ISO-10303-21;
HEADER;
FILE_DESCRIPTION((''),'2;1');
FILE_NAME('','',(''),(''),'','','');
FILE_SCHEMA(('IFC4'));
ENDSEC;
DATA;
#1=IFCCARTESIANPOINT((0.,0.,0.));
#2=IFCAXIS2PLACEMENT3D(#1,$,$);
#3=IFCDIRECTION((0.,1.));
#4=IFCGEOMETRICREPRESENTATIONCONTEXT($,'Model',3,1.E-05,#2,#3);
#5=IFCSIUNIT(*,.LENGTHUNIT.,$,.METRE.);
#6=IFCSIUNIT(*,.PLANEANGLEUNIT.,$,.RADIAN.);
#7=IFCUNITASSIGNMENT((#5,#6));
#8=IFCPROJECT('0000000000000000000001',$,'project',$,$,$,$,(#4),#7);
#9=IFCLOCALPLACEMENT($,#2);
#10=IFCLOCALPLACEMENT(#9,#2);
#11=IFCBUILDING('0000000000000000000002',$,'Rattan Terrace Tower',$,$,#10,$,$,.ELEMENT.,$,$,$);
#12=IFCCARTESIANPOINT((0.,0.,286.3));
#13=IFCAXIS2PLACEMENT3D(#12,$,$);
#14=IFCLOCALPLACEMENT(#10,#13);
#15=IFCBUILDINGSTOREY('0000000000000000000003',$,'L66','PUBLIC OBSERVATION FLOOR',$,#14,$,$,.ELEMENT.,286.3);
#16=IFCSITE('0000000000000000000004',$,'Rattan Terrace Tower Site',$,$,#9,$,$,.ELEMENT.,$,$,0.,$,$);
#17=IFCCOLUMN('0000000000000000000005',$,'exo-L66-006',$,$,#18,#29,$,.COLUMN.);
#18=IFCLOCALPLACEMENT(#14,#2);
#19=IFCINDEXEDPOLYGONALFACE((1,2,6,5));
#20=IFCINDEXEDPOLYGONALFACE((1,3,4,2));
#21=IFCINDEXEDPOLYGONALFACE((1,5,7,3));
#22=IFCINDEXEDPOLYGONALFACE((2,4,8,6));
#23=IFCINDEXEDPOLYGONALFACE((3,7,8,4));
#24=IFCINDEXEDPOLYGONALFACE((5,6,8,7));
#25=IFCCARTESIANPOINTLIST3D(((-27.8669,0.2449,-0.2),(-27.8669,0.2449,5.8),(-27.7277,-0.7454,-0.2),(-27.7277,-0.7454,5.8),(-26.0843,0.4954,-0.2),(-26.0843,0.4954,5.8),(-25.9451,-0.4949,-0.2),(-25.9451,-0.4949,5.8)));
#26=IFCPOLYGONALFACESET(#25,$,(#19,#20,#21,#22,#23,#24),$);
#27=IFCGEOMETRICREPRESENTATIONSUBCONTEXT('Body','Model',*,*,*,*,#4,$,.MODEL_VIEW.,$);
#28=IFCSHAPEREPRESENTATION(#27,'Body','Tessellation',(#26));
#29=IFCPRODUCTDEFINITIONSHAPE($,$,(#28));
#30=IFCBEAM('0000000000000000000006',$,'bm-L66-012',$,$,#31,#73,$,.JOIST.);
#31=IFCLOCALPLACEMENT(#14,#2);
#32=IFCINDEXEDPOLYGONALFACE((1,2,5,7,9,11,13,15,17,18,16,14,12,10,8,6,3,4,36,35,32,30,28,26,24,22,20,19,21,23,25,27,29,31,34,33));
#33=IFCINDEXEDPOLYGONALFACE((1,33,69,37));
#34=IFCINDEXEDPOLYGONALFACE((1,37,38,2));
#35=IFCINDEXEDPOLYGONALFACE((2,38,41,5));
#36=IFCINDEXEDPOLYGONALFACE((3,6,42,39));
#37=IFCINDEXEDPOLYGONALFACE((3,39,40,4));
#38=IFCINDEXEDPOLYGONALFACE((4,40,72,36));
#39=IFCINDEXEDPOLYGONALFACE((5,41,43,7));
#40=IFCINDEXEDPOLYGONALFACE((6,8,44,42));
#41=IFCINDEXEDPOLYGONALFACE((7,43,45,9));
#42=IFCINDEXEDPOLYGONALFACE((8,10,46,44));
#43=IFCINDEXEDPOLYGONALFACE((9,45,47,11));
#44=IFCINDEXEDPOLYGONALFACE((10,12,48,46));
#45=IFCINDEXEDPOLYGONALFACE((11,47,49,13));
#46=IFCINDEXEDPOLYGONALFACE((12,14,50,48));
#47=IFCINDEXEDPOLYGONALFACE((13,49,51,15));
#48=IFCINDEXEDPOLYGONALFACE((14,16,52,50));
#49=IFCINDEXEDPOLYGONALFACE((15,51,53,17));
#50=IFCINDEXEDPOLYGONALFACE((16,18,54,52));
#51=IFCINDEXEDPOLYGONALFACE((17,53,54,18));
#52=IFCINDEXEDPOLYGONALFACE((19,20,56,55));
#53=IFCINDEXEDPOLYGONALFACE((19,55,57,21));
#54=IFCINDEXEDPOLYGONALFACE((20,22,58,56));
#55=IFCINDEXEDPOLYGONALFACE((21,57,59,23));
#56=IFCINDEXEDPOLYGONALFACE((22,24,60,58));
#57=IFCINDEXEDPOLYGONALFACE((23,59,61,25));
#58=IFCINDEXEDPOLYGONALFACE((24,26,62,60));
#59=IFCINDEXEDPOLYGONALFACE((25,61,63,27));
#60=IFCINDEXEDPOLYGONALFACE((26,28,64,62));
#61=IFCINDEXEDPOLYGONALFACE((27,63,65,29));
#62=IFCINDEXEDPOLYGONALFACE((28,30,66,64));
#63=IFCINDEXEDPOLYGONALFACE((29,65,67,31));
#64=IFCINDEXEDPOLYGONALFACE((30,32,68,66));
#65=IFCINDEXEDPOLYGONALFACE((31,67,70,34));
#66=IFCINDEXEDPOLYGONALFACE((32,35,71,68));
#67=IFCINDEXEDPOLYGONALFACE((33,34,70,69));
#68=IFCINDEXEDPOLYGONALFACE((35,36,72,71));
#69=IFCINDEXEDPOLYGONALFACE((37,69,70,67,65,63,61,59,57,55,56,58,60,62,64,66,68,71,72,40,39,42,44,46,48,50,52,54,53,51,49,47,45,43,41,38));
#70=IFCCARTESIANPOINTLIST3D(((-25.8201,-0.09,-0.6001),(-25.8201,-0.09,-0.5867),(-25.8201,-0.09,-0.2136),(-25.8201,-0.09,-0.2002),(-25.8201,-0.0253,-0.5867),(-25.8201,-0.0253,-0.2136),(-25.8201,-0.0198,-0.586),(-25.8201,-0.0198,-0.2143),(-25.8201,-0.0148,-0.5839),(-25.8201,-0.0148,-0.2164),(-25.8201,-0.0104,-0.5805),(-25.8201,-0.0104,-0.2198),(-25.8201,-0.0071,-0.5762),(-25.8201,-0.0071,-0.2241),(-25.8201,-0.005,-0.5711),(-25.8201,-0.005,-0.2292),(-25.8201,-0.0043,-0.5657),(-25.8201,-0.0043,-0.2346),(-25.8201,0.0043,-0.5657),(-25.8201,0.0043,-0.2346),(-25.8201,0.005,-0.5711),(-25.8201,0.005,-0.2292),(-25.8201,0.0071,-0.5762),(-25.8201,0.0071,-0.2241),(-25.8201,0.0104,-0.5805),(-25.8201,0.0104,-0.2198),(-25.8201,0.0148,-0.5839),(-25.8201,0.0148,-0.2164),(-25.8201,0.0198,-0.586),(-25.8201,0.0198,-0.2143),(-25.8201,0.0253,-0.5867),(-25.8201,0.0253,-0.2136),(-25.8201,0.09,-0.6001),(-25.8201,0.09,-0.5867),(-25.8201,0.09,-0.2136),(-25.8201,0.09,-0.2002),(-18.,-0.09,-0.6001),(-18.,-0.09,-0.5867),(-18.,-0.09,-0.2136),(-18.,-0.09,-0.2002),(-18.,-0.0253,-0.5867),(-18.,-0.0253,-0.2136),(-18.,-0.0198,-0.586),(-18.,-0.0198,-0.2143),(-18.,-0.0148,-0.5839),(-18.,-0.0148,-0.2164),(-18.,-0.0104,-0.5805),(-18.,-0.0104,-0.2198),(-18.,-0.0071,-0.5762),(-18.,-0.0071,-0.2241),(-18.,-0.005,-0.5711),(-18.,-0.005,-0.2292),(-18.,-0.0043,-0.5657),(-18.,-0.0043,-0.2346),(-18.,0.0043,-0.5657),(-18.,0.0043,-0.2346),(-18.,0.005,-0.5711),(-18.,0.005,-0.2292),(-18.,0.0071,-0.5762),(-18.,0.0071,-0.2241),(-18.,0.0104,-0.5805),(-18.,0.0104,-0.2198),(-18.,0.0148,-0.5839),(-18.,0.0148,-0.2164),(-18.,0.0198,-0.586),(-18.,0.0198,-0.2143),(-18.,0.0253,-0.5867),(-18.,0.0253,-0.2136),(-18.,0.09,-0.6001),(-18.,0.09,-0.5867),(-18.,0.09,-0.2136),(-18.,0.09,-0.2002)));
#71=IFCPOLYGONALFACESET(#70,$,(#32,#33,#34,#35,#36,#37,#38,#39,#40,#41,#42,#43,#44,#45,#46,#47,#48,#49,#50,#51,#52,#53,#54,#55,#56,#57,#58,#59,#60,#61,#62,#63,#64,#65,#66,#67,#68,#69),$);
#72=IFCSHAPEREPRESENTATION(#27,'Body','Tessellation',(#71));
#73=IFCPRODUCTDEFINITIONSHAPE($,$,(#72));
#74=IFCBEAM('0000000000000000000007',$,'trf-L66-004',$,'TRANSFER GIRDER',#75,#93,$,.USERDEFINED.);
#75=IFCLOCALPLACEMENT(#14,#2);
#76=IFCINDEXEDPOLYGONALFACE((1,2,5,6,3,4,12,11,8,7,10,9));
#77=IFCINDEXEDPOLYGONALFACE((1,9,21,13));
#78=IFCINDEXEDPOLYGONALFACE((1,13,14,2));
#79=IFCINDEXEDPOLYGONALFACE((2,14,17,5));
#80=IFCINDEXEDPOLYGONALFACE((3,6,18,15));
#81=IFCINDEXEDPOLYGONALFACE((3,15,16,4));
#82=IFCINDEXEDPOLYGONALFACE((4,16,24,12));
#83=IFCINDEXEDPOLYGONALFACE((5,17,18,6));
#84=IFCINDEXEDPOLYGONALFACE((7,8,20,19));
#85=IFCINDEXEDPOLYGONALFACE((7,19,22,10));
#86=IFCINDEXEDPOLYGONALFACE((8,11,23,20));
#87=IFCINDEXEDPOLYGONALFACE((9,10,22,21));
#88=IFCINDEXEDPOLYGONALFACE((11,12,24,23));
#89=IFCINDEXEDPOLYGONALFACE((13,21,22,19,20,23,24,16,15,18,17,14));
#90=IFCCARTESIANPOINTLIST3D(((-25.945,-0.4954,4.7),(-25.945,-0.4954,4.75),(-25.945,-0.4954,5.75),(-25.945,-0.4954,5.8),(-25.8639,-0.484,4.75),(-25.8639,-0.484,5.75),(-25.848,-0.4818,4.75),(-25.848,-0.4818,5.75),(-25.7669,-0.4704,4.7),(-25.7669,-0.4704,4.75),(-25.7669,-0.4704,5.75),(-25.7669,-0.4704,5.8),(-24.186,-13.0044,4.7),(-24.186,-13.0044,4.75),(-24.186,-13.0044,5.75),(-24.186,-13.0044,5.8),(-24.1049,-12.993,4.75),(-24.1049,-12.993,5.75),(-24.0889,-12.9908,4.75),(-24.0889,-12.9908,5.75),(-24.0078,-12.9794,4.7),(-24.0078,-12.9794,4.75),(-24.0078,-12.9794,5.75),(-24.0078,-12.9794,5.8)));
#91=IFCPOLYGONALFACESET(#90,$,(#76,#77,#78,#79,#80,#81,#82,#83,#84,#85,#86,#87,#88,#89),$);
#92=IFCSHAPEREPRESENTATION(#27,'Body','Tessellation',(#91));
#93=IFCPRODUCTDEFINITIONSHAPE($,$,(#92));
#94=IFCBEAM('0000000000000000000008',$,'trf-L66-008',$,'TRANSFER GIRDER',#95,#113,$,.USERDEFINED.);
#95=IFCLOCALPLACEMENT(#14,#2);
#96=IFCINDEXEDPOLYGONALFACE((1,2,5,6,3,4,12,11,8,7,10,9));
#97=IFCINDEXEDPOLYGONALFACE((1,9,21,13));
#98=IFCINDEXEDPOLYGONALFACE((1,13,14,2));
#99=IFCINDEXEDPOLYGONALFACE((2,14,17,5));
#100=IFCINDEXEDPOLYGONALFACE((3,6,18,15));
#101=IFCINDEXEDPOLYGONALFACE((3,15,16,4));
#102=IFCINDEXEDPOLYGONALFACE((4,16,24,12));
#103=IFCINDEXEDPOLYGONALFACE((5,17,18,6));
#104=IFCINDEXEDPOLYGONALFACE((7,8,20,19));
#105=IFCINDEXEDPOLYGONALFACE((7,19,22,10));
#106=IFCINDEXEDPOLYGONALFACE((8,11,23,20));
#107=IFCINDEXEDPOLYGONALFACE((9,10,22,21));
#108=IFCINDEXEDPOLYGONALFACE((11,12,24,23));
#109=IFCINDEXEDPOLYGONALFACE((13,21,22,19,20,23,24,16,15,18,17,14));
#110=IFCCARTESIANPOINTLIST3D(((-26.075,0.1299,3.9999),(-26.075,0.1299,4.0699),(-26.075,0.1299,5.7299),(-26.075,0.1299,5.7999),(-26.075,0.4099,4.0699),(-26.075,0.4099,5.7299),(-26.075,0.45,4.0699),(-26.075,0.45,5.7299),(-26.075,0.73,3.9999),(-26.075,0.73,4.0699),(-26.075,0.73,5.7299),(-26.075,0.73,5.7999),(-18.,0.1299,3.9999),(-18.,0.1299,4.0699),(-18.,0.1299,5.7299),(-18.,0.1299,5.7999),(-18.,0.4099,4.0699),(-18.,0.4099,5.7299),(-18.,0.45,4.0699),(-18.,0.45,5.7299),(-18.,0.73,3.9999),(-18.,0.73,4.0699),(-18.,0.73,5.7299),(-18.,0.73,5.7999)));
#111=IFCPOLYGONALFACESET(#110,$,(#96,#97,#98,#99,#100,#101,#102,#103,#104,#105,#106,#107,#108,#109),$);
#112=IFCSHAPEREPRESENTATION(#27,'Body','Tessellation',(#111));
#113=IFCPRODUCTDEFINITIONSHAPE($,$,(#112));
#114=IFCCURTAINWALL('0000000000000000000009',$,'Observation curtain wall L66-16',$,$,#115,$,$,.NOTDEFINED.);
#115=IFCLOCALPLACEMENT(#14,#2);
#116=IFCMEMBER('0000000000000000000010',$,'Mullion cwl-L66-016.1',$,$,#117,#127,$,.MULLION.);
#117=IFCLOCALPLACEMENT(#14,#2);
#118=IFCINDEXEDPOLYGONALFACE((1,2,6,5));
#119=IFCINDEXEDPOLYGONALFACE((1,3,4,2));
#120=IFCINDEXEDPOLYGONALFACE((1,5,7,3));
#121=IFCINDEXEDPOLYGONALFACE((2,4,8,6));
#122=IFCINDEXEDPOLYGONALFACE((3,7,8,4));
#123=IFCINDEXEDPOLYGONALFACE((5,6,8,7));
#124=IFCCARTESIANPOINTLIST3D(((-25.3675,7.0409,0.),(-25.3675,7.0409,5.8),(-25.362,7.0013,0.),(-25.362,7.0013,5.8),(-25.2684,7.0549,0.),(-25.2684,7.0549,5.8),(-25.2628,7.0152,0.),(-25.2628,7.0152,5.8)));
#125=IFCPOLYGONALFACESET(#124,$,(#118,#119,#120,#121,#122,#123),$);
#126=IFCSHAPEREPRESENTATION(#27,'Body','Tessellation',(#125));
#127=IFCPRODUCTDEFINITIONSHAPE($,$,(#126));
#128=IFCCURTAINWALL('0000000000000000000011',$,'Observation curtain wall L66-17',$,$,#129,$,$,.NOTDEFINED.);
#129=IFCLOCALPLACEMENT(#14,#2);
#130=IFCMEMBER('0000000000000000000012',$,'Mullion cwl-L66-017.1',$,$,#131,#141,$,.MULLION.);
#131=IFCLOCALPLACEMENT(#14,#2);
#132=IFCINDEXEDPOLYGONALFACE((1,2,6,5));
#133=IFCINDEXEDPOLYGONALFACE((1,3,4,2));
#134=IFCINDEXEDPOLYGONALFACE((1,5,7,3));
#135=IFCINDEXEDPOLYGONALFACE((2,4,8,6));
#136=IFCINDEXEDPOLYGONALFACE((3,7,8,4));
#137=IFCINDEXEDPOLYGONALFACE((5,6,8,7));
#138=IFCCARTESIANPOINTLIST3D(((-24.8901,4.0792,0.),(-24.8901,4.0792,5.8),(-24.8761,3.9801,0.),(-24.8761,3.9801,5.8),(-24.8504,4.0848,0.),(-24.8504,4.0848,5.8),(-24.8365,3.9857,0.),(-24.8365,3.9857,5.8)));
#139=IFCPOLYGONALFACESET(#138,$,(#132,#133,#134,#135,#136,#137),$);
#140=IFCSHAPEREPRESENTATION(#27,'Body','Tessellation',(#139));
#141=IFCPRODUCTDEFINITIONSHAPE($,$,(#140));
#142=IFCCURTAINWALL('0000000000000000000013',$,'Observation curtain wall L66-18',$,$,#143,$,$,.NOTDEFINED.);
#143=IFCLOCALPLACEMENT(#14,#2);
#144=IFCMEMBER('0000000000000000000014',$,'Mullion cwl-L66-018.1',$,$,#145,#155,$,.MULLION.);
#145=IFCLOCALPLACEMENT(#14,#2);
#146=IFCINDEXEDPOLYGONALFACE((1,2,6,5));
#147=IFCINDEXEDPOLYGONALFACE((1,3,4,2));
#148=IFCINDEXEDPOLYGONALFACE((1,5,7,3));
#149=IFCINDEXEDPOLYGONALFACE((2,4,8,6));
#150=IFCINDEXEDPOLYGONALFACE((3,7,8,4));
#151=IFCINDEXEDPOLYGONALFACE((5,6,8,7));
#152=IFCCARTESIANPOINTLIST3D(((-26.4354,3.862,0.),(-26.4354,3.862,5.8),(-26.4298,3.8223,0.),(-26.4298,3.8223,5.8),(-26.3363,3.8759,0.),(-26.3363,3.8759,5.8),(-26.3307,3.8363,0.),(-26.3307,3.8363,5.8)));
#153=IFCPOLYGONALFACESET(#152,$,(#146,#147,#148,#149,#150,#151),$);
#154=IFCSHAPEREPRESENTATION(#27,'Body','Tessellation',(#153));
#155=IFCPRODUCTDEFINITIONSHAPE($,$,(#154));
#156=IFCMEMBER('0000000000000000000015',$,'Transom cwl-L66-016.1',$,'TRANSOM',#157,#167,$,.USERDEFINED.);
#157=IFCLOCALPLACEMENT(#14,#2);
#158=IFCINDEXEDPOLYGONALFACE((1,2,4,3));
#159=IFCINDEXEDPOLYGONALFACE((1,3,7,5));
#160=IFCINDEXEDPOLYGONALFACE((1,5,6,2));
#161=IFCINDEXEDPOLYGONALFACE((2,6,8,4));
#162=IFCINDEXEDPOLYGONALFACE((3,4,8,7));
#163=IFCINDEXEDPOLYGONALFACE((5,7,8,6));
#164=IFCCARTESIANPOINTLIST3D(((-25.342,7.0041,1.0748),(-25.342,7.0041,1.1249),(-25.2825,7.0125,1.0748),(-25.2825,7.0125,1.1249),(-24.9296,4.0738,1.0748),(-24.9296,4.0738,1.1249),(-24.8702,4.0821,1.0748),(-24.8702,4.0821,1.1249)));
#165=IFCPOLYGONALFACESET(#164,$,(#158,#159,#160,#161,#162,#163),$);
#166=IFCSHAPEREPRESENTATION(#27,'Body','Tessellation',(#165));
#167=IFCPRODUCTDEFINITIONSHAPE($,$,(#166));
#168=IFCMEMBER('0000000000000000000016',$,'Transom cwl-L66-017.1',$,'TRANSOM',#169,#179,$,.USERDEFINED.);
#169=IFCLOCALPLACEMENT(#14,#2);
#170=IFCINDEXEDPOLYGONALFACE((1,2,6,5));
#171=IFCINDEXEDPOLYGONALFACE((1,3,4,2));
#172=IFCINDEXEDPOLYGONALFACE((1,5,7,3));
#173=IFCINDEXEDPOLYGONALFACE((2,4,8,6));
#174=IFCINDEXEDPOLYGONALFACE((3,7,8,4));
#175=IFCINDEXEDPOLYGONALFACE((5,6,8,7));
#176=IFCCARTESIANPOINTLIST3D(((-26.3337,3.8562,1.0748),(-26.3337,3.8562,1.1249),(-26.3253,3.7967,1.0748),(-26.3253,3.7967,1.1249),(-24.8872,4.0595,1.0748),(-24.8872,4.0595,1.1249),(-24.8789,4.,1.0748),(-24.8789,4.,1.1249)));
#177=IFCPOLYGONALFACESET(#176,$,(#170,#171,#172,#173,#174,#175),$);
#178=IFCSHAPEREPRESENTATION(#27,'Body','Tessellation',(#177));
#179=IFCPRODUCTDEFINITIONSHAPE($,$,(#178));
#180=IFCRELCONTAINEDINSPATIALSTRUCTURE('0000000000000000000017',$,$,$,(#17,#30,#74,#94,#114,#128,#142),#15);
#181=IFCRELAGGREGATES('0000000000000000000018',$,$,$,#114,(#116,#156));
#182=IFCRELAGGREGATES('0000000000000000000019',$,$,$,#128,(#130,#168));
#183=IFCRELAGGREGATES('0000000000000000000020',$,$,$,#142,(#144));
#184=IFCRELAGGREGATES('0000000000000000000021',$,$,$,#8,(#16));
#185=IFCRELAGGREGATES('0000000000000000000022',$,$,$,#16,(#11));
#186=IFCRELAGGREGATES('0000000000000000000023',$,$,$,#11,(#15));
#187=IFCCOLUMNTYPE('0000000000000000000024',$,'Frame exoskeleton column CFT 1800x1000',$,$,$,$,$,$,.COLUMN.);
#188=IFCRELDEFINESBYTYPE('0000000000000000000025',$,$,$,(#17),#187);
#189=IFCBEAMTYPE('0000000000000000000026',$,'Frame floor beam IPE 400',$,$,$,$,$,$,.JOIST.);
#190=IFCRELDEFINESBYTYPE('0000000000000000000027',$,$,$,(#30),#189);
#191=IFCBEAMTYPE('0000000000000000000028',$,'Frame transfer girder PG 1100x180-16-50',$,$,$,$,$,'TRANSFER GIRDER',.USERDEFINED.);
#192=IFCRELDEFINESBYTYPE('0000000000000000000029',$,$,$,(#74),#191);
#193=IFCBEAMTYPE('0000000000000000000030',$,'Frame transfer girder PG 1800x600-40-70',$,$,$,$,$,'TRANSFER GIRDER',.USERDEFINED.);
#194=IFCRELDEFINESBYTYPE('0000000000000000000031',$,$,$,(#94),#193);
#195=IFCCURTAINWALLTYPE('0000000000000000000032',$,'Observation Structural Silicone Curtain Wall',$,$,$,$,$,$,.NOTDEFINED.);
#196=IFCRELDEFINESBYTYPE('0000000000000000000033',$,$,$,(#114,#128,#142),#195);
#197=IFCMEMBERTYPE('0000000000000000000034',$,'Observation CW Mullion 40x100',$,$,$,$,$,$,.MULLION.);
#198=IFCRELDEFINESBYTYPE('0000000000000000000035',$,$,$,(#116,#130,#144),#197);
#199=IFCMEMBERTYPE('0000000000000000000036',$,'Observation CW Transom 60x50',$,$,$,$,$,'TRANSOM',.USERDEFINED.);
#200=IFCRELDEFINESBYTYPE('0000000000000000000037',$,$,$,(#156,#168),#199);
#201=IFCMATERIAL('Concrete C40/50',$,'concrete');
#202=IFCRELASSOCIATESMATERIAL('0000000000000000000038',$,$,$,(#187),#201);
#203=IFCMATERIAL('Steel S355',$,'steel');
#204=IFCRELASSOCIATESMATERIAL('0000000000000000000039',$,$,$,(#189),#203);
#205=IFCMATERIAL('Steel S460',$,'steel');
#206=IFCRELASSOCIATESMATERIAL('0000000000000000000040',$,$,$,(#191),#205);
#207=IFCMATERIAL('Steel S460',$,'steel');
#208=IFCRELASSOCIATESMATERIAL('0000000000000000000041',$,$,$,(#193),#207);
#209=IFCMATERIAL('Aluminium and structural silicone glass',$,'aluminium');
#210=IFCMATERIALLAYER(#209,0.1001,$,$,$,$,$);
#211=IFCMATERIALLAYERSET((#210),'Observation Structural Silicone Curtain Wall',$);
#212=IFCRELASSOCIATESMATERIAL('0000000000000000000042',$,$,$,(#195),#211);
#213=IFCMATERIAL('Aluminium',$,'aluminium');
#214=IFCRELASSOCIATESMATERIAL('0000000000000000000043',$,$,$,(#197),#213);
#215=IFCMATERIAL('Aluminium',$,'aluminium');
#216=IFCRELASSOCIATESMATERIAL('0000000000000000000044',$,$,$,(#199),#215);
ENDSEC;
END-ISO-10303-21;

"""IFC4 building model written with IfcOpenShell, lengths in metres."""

from ifc_helpers import new_model, si_unit, direction, frame, origin, origin_2d, place, context, subcontext, project, spatial, rectangle, i_section, extrude, material, layer, layer_set, material_profile, profile_set, type_object, element, aggregate, save


model = new_model("IFC4")

# Units and contexts
model_context = context("Model", 3, precision=1e-05, world=origin(), true_north=direction((0.0, 1.0)))
body_context = subcontext(model_context, "Body", "Model", "MODEL_VIEW")
ifc_project = project(units=[si_unit("LENGTHUNIT", "METRE"), si_unit("PLANEANGLEUNIT", "RADIAN")], contexts=[model_context])

# Site, building, storey
site_placement = place(None, origin())
site = spatial("IfcSite", under=ifc_project, at=site_placement, Name="Rattan Terrace Tower Site", CompositionType="ELEMENT", RefElevation=0.0)
building_placement = place(site_placement, origin())
building = spatial("IfcBuilding", under=site, at=building_placement, Name="Rattan Terrace Tower", CompositionType="ELEMENT")
storey_placement = place(building_placement, frame((0.0, 0.0, 286.3)))
storey = spatial("IfcBuildingStorey", under=building, at=storey_placement, Name="L66", Description="PUBLIC OBSERVATION FLOOR", CompositionType="ELEMENT", Elevation=286.3)

# Column
ifc_material_1 = material(Name="Concrete C40/50", Category="concrete")
ifc_material_profile_1 = material_profile(ifc_material_1, rectangle(XDim=1.0, YDim=1.8, at=origin_2d()), Name="CFT 1800x1000")
ifc_profile_set_1 = profile_set([ifc_material_profile_1], Name="Concrete C40/50")
column_type = type_object("IfcColumnType", Name="Frame exoskeleton column CFT 1800x1000", PredefinedType="COLUMN", material=ifc_profile_set_1)
column_placement = place(storey_placement, frame((-26.906, -0.125, -0.2), z_axis=(0.0, 0.0, 1.0), x_axis=(-0.13919, 0.990266, 0.0)))
element("IfcColumn", 1, at=column_placement, inside=storey, type_object=column_type, Name="exo-L66-006", PredefinedType="COLUMN", context=body_context, shape_type="SweptSolid", body=[
    extrude(rectangle(XDim=1.0, YDim=1.8, at=origin_2d()), origin(), (0.0, 0.0, 1.0), 6.0),
])

# Beams
ifc_material_2 = material(Name="Steel S355", Category="steel")
ifc_material_profile_2 = material_profile(ifc_material_2, i_section(OverallWidth=0.1799, OverallDepth=0.3999, WebThickness=0.0085, FlangeThickness=0.0134, FilletRadius=0.021, at=origin_2d()), Name="IPE 400")
ifc_profile_set_2 = profile_set([ifc_material_profile_2], Name="Steel S355")
beam_type_1 = type_object("IfcBeamType", Name="Frame floor beam IPE 400", PredefinedType="JOIST", material=ifc_profile_set_2)
beam_1_placement = place(storey_placement, frame((-25.8201, 0.0, -0.4001), z_axis=(1.0, 0.0, 0.0), x_axis=(0.0, 1.0, 0.0)))
element("IfcBeam", 2, at=beam_1_placement, inside=storey, type_object=beam_type_1, Name="bm-L66-012", PredefinedType="JOIST", context=body_context, shape_type="SweptSolid", body=[
    extrude(i_section(OverallWidth=0.1799, OverallDepth=0.3999, WebThickness=0.0085, FlangeThickness=0.0134, FilletRadius=0.021, at=origin_2d()), origin(), (0.0, 0.0, 1.0), 7.8201),
])
ifc_material_3 = material(Name="Steel S460", Category="steel")
ifc_material_profile_3 = material_profile(ifc_material_3, i_section(OverallWidth=0.1799, OverallDepth=1.1001, WebThickness=0.0161, FlangeThickness=0.05, at=origin_2d()), Name="PG 1100x180-16-50")
ifc_profile_set_3 = profile_set([ifc_material_profile_3], Name="Steel S460")
beam_type_2 = type_object("IfcBeamType", Name="Frame transfer girder PG 1100x180-16-50", ElementType="TRANSFER GIRDER", PredefinedType="USERDEFINED", material=ifc_profile_set_3)
beam_2_placement = place(storey_placement, frame((-25.856, -0.4829, 5.25), z_axis=(0.139251, -0.990257, 0.0), x_axis=(0.990257, 0.139251, 0.0)))
element("IfcBeam", 3, at=beam_2_placement, inside=storey, type_object=beam_type_2, Name="trf-L66-004", ObjectType="TRANSFER GIRDER", PredefinedType="USERDEFINED", context=body_context, shape_type="SweptSolid", body=[
    extrude(i_section(OverallWidth=0.1799, OverallDepth=1.1001, WebThickness=0.0161, FlangeThickness=0.05, at=origin_2d()), origin(), (0.0, 0.0, 1.0), 12.6321),
])
ifc_material_4 = material(Name="Steel S460", Category="steel")
ifc_material_profile_4 = material_profile(ifc_material_4, i_section(OverallWidth=0.6001, OverallDepth=1.8, WebThickness=0.04, FlangeThickness=0.0701, at=origin_2d()), Name="PG 1800x600-40-70")
ifc_profile_set_4 = profile_set([ifc_material_profile_4], Name="Steel S460")
beam_type_3 = type_object("IfcBeamType", Name="Frame transfer girder PG 1800x600-40-70", ElementType="TRANSFER GIRDER", PredefinedType="USERDEFINED", material=ifc_profile_set_4)
beam_3_placement = place(storey_placement, frame((-26.075, 0.4299, 4.8999), z_axis=(1.0, 0.0, 0.0), x_axis=(0.0, 1.0, 0.0)))
element("IfcBeam", 4, at=beam_3_placement, inside=storey, type_object=beam_type_3, Name="trf-L66-008", ObjectType="TRANSFER GIRDER", PredefinedType="USERDEFINED", context=body_context, shape_type="SweptSolid", body=[
    extrude(i_section(OverallWidth=0.6001, OverallDepth=1.8, WebThickness=0.04, FlangeThickness=0.0701, at=origin_2d()), origin(), (0.0, 0.0, 1.0), 8.075),
])

# Curtain walls, members
ifc_material_5 = material(Name="Aluminium and structural silicone glass", Category="aluminium")
ifc_layer_1 = layer(ifc_material_5, 0.1001)
ifc_layer_set_1 = layer_set([ifc_layer_1], Name="Observation Structural Silicone Curtain Wall")
curtain_wall_type = type_object("IfcCurtainWallType", Name="Observation Structural Silicone Curtain Wall", PredefinedType="NOTDEFINED", material=ifc_layer_set_1)
curtain_wall_1_placement = place(storey_placement, origin())
curtain_wall_1 = element("IfcCurtainWall", 5, at=curtain_wall_1_placement, inside=storey, type_object=curtain_wall_type, Name="Observation curtain wall L66-16", PredefinedType="NOTDEFINED")
ifc_material_6 = material(Name="Aluminium", Category="aluminium")
ifc_material_profile_5 = material_profile(ifc_material_6, rectangle(XDim=0.04, YDim=0.1001, at=origin_2d()), Name="Aluminium 40x100")
ifc_profile_set_5 = profile_set([ifc_material_profile_5], Name="Aluminium")
member_type_1 = type_object("IfcMemberType", Name="Observation CW Mullion 40x100", PredefinedType="MULLION", material=ifc_profile_set_5)
member_1_placement = place(storey_placement, frame((-25.3152, 7.0281, 0.0), z_axis=(0.0, 0.0, 1.0), x_axis=(0.139367, -0.990241, 0.0)))
member_1 = element("IfcMember", 6, at=member_1_placement, type_object=member_type_1, Name="Mullion cwl-L66-016.1", PredefinedType="MULLION", context=body_context, shape_type="SweptSolid", body=[
    extrude(rectangle(XDim=0.04, YDim=0.1001, at=origin_2d()), origin(), (0.0, 0.0, 1.0), 5.8),
])
curtain_wall_2_placement = place(storey_placement, origin())
curtain_wall_2 = element("IfcCurtainWall", 7, at=curtain_wall_2_placement, inside=storey, type_object=curtain_wall_type, Name="Observation curtain wall L66-17", PredefinedType="NOTDEFINED")
member_2_placement = place(storey_placement, frame((-24.8633, 4.0325, 0.0), z_axis=(0.0, 0.0, 1.0), x_axis=(-0.990254, -0.139275, 0.0)))
member_2 = element("IfcMember", 8, at=member_2_placement, type_object=member_type_1, Name="Mullion cwl-L66-017.1", PredefinedType="MULLION", context=body_context, shape_type="SweptSolid", body=[
    extrude(rectangle(XDim=0.04, YDim=0.1001, at=origin_2d()), origin(), (0.0, 0.0, 1.0), 5.8),
])
curtain_wall_3_placement = place(storey_placement, origin())
curtain_wall_3 = element("IfcCurtainWall", 9, at=curtain_wall_3_placement, inside=storey, type_object=curtain_wall_type, Name="Observation curtain wall L66-18", PredefinedType="NOTDEFINED")
member_3_placement = place(storey_placement, frame((-26.3831, 3.8491, 0.0), z_axis=(0.0, 0.0, 1.0), x_axis=(0.139192, -0.990265, 0.0)))
member_3 = element("IfcMember", 10, at=member_3_placement, type_object=member_type_1, Name="Mullion cwl-L66-018.1", PredefinedType="MULLION", context=body_context, shape_type="SweptSolid", body=[
    extrude(rectangle(XDim=0.04, YDim=0.1001, at=origin_2d()), origin(), (0.0, 0.0, 1.0), 5.8),
])

# Members
ifc_material_7 = material(Name="Aluminium", Category="aluminium")
ifc_material_profile_6 = material_profile(ifc_material_7, rectangle(XDim=0.0601, YDim=0.05, at=origin_2d()), Name="Aluminium 60x50")
ifc_profile_set_6 = profile_set([ifc_material_profile_6], Name="Aluminium")
member_type_2 = type_object("IfcMemberType", Name="Observation CW Transom 60x50", ElementType="TRANSOM", PredefinedType="USERDEFINED", material=ifc_profile_set_6)
member_4_placement = place(storey_placement, frame((-25.3123, 7.0083, 1.0999), z_axis=(0.139342, -0.990244, 0.0), x_axis=(0.990244, 0.139342, 0.0)))
member_4 = element("IfcMember", 11, at=member_4_placement, type_object=member_type_2, Name="Transom cwl-L66-016.1", ObjectType="TRANSOM", PredefinedType="USERDEFINED", context=body_context, shape_type="SweptSolid", body=[
    extrude(rectangle(XDim=0.0601, YDim=0.05, at=origin_2d()), origin(), (0.0, 0.0, 1.0), 2.9592),
])
member_5_placement = place(storey_placement, frame((-24.8831, 4.0298, 1.0999), z_axis=(-0.990261, -0.139222, 0.0), x_axis=(0.139222, -0.990261, 0.0)))
member_5 = element("IfcMember", 12, at=member_5_placement, type_object=member_type_2, Name="Transom cwl-L66-017.1", ObjectType="TRANSOM", PredefinedType="USERDEFINED", context=body_context, shape_type="SweptSolid", body=[
    extrude(rectangle(XDim=0.0601, YDim=0.05, at=origin_2d()), origin(), (0.0, 0.0, 1.0), 1.4607),
])

aggregate(curtain_wall_1, [member_1, member_4])
aggregate(curtain_wall_2, [member_2, member_5])
aggregate(curtain_wall_3, [member_3])

save(model, "model.ifc")
